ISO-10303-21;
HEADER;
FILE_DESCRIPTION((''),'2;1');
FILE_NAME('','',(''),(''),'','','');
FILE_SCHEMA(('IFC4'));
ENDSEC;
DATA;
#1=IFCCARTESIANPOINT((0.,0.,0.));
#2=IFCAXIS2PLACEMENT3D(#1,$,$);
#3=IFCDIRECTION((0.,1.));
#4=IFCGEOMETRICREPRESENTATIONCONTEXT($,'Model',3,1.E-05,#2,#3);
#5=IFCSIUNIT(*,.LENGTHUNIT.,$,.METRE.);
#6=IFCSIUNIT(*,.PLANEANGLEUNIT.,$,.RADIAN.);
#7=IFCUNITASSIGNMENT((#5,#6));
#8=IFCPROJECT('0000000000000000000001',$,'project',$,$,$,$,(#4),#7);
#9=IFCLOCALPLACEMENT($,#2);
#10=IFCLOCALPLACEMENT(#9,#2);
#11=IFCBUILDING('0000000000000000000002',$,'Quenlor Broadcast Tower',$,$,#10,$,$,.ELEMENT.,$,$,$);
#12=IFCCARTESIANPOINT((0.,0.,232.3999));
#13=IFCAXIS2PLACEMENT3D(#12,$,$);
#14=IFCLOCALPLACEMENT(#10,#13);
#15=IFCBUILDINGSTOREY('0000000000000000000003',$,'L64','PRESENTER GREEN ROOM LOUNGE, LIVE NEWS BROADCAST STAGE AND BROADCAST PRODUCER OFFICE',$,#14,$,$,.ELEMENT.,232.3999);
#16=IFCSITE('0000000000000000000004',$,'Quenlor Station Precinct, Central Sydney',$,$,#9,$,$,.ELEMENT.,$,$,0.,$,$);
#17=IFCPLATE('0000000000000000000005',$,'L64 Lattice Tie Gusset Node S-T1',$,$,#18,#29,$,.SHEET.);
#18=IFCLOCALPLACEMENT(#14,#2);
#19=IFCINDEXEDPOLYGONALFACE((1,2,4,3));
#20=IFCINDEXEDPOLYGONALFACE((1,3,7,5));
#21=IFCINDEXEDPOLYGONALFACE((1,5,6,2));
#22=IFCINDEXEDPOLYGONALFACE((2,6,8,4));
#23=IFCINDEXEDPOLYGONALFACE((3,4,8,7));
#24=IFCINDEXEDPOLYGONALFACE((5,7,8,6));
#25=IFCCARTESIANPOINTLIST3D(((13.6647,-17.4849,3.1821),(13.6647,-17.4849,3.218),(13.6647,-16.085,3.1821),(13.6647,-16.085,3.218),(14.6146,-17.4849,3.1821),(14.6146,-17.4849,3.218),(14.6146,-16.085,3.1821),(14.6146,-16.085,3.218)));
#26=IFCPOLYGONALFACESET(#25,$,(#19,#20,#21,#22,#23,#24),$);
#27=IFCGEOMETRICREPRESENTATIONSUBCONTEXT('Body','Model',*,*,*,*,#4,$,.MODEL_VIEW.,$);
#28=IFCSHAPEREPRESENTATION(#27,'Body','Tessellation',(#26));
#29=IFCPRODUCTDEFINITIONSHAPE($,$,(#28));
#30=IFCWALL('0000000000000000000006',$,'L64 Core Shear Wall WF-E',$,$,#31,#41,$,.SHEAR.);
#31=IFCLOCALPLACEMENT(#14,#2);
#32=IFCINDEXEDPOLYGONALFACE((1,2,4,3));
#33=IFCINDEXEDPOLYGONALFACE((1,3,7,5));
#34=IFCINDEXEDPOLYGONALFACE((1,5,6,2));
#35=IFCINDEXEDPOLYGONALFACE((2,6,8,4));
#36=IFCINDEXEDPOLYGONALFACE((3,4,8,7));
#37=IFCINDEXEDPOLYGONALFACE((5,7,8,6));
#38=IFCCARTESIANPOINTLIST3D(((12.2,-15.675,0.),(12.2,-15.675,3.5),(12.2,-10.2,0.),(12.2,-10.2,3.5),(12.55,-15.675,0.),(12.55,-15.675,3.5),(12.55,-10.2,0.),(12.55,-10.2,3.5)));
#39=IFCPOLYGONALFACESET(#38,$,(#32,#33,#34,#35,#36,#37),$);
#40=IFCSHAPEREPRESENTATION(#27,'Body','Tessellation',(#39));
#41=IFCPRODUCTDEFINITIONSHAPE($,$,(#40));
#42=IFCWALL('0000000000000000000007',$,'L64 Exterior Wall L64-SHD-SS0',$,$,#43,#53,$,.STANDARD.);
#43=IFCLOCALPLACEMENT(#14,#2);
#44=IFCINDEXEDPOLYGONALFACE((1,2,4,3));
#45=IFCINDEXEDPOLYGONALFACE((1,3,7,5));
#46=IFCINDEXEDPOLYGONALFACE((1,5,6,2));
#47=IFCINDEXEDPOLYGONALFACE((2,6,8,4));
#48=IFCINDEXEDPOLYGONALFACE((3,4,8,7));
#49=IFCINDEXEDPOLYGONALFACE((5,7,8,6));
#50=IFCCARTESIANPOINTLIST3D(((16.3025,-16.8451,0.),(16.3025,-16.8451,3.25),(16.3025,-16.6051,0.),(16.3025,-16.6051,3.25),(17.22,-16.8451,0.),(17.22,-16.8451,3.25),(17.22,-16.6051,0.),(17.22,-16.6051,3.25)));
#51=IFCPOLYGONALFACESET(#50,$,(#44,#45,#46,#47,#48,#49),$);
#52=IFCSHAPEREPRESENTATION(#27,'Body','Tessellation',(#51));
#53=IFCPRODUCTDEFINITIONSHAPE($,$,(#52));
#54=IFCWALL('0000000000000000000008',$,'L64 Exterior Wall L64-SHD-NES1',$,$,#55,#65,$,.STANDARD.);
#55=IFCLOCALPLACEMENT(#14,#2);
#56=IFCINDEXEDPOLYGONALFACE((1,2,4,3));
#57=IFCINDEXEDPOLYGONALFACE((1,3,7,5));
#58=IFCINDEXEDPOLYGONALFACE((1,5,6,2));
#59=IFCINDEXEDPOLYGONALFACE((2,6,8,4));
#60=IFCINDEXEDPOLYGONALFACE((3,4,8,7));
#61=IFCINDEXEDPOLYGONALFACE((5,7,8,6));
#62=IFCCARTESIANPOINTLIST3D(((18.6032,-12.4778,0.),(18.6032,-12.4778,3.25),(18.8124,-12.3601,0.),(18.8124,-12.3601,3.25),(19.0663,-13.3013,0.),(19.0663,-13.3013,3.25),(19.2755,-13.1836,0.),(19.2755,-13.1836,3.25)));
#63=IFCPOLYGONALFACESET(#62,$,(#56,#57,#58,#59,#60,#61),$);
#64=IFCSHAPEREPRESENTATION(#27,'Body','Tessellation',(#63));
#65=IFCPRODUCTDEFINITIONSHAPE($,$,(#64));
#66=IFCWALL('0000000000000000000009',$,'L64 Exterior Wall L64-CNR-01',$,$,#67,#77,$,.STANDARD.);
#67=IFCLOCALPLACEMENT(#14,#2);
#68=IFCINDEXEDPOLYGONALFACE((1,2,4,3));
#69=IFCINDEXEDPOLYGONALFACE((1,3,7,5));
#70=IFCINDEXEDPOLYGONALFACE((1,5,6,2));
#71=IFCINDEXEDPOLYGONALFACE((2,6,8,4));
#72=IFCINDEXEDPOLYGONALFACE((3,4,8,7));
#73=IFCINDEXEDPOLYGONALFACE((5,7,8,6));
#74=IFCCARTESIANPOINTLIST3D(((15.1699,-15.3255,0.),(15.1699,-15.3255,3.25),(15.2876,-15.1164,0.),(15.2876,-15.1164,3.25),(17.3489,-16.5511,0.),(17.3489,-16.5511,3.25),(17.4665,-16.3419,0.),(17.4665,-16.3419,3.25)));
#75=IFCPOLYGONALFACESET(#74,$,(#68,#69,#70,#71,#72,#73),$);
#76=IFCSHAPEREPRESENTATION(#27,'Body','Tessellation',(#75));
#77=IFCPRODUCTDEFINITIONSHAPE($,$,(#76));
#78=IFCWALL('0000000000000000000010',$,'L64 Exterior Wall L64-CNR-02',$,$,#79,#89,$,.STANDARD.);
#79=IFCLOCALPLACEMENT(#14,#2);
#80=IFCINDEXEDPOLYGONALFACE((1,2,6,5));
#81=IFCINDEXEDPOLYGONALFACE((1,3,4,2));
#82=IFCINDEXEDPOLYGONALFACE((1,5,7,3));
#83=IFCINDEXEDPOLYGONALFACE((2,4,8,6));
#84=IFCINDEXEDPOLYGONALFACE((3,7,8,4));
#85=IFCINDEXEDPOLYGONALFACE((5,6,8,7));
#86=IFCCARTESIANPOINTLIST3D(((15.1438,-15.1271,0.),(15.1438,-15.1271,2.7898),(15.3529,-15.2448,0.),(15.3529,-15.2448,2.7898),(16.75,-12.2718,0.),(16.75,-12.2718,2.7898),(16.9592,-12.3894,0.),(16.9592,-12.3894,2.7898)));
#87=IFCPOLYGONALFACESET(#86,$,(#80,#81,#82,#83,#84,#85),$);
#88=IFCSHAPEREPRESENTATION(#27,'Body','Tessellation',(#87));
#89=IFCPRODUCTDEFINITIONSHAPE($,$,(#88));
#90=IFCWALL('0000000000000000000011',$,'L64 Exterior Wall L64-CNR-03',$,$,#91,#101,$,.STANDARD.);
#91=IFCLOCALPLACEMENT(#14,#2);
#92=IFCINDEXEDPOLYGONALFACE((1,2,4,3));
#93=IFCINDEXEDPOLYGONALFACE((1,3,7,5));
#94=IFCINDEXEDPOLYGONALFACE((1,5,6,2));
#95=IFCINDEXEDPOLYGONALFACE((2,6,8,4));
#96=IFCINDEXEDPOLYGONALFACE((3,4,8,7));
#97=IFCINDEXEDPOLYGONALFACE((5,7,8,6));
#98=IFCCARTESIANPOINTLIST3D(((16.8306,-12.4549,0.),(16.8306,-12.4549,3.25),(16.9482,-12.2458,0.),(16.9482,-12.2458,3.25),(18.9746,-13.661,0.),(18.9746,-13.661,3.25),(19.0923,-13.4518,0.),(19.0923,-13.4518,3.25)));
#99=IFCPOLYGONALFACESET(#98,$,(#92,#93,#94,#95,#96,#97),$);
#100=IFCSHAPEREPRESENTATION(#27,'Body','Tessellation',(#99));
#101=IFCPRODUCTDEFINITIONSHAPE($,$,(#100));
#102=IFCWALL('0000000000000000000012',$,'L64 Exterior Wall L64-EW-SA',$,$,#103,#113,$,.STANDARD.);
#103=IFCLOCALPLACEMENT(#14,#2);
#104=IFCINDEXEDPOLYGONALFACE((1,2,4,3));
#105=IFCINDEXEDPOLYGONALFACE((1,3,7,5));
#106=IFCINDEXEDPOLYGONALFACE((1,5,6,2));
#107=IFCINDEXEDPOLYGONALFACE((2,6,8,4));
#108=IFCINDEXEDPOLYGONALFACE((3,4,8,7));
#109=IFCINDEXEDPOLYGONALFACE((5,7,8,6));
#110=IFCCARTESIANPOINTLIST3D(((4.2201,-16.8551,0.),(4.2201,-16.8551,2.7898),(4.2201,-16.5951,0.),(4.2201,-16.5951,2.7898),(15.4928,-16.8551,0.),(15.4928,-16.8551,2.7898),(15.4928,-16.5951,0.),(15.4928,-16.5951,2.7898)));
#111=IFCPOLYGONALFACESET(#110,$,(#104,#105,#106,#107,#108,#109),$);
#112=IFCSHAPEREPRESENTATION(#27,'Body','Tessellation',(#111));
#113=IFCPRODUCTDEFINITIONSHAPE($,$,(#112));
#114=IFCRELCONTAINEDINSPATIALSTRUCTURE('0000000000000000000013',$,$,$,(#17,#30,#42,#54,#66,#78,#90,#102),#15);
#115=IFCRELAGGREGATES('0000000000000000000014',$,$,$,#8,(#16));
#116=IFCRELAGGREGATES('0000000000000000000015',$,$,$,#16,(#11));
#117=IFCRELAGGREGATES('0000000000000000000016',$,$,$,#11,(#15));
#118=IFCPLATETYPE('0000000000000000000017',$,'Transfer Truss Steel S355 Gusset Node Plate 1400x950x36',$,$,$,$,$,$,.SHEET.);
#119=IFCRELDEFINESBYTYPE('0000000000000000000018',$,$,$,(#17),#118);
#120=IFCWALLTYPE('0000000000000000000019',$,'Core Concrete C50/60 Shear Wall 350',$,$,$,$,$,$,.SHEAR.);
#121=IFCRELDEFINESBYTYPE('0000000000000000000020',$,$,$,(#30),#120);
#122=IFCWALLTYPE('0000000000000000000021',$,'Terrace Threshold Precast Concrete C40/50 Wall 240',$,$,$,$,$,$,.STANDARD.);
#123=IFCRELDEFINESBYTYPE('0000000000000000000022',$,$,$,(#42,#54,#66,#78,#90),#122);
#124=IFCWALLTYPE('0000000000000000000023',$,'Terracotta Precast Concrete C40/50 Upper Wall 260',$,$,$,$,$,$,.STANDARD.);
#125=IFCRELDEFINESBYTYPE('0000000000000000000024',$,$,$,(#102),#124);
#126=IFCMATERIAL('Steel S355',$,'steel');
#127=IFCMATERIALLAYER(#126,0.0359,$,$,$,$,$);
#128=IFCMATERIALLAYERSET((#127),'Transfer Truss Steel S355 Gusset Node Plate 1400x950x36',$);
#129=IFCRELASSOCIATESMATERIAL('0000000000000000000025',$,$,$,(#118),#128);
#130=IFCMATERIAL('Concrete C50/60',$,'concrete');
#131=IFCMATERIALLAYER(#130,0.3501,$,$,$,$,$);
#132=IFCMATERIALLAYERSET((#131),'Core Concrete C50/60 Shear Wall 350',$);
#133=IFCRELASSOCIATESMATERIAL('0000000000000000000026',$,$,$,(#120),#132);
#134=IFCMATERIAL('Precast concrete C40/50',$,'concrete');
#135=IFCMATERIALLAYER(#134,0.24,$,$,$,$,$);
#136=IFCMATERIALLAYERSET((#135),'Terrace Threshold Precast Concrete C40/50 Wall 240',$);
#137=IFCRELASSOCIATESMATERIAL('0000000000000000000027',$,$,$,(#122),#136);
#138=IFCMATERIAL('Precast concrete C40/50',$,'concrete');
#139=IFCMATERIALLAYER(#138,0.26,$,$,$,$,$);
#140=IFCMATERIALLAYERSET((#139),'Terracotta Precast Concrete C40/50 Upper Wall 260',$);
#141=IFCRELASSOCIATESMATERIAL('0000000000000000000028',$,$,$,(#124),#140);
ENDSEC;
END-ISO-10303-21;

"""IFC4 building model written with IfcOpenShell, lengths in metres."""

from ifc_helpers import new_model, si_unit, direction, frame, frame_2d, origin, origin_2d, place, context, subcontext, project, spatial, rectangle, extrude, material, layer, layer_set, type_object, element, save


model = new_model("IFC4")

# Units and contexts
model_context = context("Model", 3, precision=1e-05, world=origin(), true_north=direction((0.0, 1.0)))
body_context = subcontext(model_context, "Body", "Model", "MODEL_VIEW")
ifc_project = project(units=[si_unit("LENGTHUNIT", "METRE"), si_unit("PLANEANGLEUNIT", "RADIAN")], contexts=[model_context])

# Site, building, storey
site_placement = place(None, origin())
site = spatial("IfcSite", under=ifc_project, at=site_placement, Name="Quenlor Station Precinct, Central Sydney", CompositionType="ELEMENT", RefElevation=0.0)
building_placement = place(site_placement, origin())
building = spatial("IfcBuilding", under=site, at=building_placement, Name="Quenlor Broadcast Tower", CompositionType="ELEMENT")
storey_placement = place(building_placement, frame((0.0, 0.0, 232.3999)))
storey = spatial("IfcBuildingStorey", under=building, at=storey_placement, Name="L64", Description="PRESENTER GREEN ROOM LOUNGE, LIVE NEWS BROADCAST STAGE AND BROADCAST PRODUCER OFFICE", CompositionType="ELEMENT", Elevation=232.3999)

# Plate
ifc_material_1 = material(Name="Steel S355", Category="steel")
ifc_layer_1 = layer(ifc_material_1, 0.0359)
ifc_layer_set_1 = layer_set([ifc_layer_1], Name="Transfer Truss Steel S355 Gusset Node Plate 1400x950x36")
plate_type_1 = type_object("IfcPlateType", Name="Transfer Truss Steel S355 Gusset Node Plate 1400x950x36", PredefinedType="SHEET", material=ifc_layer_set_1)
for number, where, z_axis, x_axis, name in (
    (1, (14.1396, -16.7849, 3.1821), (0.0, 0.0, 1.0), (0.0, -1.0, 0.0), "L64 Lattice Tie Gusset Node S-T1"),
):
    element("IfcPlate", number, at=place(storey_placement, frame(where, z_axis=z_axis, x_axis=x_axis)), inside=storey, type_object=plate_type_1, Name=name, PredefinedType="SHEET", context=body_context, shape_type="SweptSolid", body=[
        extrude(rectangle(XDim=1.3999, YDim=0.95, at=origin_2d()), origin(), (0.0, 0.0, 1.0), 0.0359),
    ])

# Walls
ifc_material_2 = material(Name="Concrete C50/60", Category="concrete")
ifc_layer_2 = layer(ifc_material_2, 0.3501)
ifc_layer_set_2 = layer_set([ifc_layer_2], Name="Core Concrete C50/60 Shear Wall 350")
wall_type_1 = type_object("IfcWallType", Name="Core Concrete C50/60 Shear Wall 350", PredefinedType="SHEAR", material=ifc_layer_set_2)
wall_1_placement = place(storey_placement, frame((12.375, -15.675, 0.0), z_axis=(0.0, 0.0, 1.0), x_axis=(0.0, 1.0, 0.0)))
element("IfcWall", 2, at=wall_1_placement, inside=storey, type_object=wall_type_1, Name="L64 Core Shear Wall WF-E", PredefinedType="SHEAR", context=body_context, shape_type="SweptSolid", body=[
    extrude(rectangle(XDim=5.4751, YDim=0.3501, at=frame_2d((2.7375, 0.0))), origin(), (0.0, 0.0, 1.0), 3.5),
])
ifc_material_3 = material(Name="Precast concrete C40/50", Category="concrete")
ifc_layer_3 = layer(ifc_material_3, 0.24)
ifc_layer_set_3 = layer_set([ifc_layer_3], Name="Terrace Threshold Precast Concrete C40/50 Wall 240")
wall_type_2 = type_object("IfcWallType", Name="Terrace Threshold Precast Concrete C40/50 Wall 240", PredefinedType="STANDARD", material=ifc_layer_set_3)
wall_2_placement = place(storey_placement, frame((17.22, -16.7251, 0.0), z_axis=(0.0, 0.0, 1.0), x_axis=(-1.0, 0.0, 0.0)))
element("IfcWall", 3, at=wall_2_placement, inside=storey, type_object=wall_type_2, Name="L64 Exterior Wall L64-SHD-SS0", PredefinedType="STANDARD", context=body_context, shape_type="SweptSolid", body=[
    extrude(rectangle(XDim=0.9175, YDim=0.24, at=frame_2d((0.4587, 0.0))), origin(), (0.0, 0.0, 1.0), 3.25),
])
wall_3_placement = place(storey_placement, frame((18.7078, -12.4189, 0.0), z_axis=(0.0, 0.0, 1.0), x_axis=(0.4902, -0.87161, 0.0)))
element("IfcWall", 4, at=wall_3_placement, inside=storey, type_object=wall_type_2, Name="L64 Exterior Wall L64-SHD-NES1", PredefinedType="STANDARD", context=body_context, shape_type="SweptSolid", body=[
    extrude(rectangle(XDim=0.9448, YDim=0.24, at=frame_2d((0.4724, 0.0))), origin(), (0.0, 0.0, 1.0), 3.25),
])
wall_4_placement = place(storey_placement, frame((17.4077, -16.4465, 0.0), z_axis=(0.0, 0.0, 1.0), x_axis=(-0.871589, 0.490238, 0.0)))
element("IfcWall", 5, at=wall_4_placement, inside=storey, type_object=wall_type_2, Name="L64 Exterior Wall L64-CNR-01", PredefinedType="STANDARD", context=body_context, shape_type="SweptSolid", body=[
    extrude(rectangle(XDim=2.5, YDim=0.24, at=frame_2d((1.25, 0.0))), origin(), (0.0, 0.0, 1.0), 3.25),
])
wall_5_placement = place(storey_placement, frame((15.2483, -15.186, 0.0), z_axis=(0.0, 0.0, 1.0), x_axis=(0.490293, 0.871558, 0.0)))
element("IfcWall", 6, at=wall_5_placement, inside=storey, type_object=wall_type_2, Name="L64 Exterior Wall L64-CNR-02", PredefinedType="STANDARD", context=body_context, shape_type="SweptSolid", body=[
    extrude(rectangle(XDim=3.2761, YDim=0.24, at=frame_2d((1.6382, 0.0))), origin(), (0.0, 0.0, 1.0), 2.7898),
])
wall_6_placement = place(storey_placement, frame((16.8894, -12.3503, 0.0), z_axis=(0.0, 0.0, 1.0), x_axis=(0.87157, -0.490271, 0.0)))
element("IfcWall", 7, at=wall_6_placement, inside=storey, type_object=wall_type_2, Name="L64 Exterior Wall L64-CNR-03", PredefinedType="STANDARD", context=body_context, shape_type="SweptSolid", body=[
    extrude(rectangle(XDim=2.46, YDim=0.24, at=frame_2d((1.23, 0.0))), origin(), (0.0, 0.0, 1.0), 3.25),
])
ifc_material_4 = material(Name="Precast concrete C40/50", Category="concrete")
ifc_layer_4 = layer(ifc_material_4, 0.26)
ifc_layer_set_4 = layer_set([ifc_layer_4], Name="Terracotta Precast Concrete C40/50 Upper Wall 260")
wall_type_3 = type_object("IfcWallType", Name="Terracotta Precast Concrete C40/50 Upper Wall 260", PredefinedType="STANDARD", material=ifc_layer_set_4)
wall_7_placement = place(storey_placement, frame((15.4927, -16.7251, 0.0), z_axis=(0.0, 0.0, 1.0), x_axis=(-1.0, 0.0, 0.0)))
element("IfcWall", 8, at=wall_7_placement, inside=storey, type_object=wall_type_3, Name="L64 Exterior Wall L64-EW-SA", PredefinedType="STANDARD", context=body_context, shape_type="SweptSolid", body=[
    extrude(rectangle(XDim=11.2727, YDim=0.26, at=frame_2d((5.6362, 0.0))), origin(), (0.0, 0.0, 1.0), 2.7898),
])

save(model, "model.ifc")
